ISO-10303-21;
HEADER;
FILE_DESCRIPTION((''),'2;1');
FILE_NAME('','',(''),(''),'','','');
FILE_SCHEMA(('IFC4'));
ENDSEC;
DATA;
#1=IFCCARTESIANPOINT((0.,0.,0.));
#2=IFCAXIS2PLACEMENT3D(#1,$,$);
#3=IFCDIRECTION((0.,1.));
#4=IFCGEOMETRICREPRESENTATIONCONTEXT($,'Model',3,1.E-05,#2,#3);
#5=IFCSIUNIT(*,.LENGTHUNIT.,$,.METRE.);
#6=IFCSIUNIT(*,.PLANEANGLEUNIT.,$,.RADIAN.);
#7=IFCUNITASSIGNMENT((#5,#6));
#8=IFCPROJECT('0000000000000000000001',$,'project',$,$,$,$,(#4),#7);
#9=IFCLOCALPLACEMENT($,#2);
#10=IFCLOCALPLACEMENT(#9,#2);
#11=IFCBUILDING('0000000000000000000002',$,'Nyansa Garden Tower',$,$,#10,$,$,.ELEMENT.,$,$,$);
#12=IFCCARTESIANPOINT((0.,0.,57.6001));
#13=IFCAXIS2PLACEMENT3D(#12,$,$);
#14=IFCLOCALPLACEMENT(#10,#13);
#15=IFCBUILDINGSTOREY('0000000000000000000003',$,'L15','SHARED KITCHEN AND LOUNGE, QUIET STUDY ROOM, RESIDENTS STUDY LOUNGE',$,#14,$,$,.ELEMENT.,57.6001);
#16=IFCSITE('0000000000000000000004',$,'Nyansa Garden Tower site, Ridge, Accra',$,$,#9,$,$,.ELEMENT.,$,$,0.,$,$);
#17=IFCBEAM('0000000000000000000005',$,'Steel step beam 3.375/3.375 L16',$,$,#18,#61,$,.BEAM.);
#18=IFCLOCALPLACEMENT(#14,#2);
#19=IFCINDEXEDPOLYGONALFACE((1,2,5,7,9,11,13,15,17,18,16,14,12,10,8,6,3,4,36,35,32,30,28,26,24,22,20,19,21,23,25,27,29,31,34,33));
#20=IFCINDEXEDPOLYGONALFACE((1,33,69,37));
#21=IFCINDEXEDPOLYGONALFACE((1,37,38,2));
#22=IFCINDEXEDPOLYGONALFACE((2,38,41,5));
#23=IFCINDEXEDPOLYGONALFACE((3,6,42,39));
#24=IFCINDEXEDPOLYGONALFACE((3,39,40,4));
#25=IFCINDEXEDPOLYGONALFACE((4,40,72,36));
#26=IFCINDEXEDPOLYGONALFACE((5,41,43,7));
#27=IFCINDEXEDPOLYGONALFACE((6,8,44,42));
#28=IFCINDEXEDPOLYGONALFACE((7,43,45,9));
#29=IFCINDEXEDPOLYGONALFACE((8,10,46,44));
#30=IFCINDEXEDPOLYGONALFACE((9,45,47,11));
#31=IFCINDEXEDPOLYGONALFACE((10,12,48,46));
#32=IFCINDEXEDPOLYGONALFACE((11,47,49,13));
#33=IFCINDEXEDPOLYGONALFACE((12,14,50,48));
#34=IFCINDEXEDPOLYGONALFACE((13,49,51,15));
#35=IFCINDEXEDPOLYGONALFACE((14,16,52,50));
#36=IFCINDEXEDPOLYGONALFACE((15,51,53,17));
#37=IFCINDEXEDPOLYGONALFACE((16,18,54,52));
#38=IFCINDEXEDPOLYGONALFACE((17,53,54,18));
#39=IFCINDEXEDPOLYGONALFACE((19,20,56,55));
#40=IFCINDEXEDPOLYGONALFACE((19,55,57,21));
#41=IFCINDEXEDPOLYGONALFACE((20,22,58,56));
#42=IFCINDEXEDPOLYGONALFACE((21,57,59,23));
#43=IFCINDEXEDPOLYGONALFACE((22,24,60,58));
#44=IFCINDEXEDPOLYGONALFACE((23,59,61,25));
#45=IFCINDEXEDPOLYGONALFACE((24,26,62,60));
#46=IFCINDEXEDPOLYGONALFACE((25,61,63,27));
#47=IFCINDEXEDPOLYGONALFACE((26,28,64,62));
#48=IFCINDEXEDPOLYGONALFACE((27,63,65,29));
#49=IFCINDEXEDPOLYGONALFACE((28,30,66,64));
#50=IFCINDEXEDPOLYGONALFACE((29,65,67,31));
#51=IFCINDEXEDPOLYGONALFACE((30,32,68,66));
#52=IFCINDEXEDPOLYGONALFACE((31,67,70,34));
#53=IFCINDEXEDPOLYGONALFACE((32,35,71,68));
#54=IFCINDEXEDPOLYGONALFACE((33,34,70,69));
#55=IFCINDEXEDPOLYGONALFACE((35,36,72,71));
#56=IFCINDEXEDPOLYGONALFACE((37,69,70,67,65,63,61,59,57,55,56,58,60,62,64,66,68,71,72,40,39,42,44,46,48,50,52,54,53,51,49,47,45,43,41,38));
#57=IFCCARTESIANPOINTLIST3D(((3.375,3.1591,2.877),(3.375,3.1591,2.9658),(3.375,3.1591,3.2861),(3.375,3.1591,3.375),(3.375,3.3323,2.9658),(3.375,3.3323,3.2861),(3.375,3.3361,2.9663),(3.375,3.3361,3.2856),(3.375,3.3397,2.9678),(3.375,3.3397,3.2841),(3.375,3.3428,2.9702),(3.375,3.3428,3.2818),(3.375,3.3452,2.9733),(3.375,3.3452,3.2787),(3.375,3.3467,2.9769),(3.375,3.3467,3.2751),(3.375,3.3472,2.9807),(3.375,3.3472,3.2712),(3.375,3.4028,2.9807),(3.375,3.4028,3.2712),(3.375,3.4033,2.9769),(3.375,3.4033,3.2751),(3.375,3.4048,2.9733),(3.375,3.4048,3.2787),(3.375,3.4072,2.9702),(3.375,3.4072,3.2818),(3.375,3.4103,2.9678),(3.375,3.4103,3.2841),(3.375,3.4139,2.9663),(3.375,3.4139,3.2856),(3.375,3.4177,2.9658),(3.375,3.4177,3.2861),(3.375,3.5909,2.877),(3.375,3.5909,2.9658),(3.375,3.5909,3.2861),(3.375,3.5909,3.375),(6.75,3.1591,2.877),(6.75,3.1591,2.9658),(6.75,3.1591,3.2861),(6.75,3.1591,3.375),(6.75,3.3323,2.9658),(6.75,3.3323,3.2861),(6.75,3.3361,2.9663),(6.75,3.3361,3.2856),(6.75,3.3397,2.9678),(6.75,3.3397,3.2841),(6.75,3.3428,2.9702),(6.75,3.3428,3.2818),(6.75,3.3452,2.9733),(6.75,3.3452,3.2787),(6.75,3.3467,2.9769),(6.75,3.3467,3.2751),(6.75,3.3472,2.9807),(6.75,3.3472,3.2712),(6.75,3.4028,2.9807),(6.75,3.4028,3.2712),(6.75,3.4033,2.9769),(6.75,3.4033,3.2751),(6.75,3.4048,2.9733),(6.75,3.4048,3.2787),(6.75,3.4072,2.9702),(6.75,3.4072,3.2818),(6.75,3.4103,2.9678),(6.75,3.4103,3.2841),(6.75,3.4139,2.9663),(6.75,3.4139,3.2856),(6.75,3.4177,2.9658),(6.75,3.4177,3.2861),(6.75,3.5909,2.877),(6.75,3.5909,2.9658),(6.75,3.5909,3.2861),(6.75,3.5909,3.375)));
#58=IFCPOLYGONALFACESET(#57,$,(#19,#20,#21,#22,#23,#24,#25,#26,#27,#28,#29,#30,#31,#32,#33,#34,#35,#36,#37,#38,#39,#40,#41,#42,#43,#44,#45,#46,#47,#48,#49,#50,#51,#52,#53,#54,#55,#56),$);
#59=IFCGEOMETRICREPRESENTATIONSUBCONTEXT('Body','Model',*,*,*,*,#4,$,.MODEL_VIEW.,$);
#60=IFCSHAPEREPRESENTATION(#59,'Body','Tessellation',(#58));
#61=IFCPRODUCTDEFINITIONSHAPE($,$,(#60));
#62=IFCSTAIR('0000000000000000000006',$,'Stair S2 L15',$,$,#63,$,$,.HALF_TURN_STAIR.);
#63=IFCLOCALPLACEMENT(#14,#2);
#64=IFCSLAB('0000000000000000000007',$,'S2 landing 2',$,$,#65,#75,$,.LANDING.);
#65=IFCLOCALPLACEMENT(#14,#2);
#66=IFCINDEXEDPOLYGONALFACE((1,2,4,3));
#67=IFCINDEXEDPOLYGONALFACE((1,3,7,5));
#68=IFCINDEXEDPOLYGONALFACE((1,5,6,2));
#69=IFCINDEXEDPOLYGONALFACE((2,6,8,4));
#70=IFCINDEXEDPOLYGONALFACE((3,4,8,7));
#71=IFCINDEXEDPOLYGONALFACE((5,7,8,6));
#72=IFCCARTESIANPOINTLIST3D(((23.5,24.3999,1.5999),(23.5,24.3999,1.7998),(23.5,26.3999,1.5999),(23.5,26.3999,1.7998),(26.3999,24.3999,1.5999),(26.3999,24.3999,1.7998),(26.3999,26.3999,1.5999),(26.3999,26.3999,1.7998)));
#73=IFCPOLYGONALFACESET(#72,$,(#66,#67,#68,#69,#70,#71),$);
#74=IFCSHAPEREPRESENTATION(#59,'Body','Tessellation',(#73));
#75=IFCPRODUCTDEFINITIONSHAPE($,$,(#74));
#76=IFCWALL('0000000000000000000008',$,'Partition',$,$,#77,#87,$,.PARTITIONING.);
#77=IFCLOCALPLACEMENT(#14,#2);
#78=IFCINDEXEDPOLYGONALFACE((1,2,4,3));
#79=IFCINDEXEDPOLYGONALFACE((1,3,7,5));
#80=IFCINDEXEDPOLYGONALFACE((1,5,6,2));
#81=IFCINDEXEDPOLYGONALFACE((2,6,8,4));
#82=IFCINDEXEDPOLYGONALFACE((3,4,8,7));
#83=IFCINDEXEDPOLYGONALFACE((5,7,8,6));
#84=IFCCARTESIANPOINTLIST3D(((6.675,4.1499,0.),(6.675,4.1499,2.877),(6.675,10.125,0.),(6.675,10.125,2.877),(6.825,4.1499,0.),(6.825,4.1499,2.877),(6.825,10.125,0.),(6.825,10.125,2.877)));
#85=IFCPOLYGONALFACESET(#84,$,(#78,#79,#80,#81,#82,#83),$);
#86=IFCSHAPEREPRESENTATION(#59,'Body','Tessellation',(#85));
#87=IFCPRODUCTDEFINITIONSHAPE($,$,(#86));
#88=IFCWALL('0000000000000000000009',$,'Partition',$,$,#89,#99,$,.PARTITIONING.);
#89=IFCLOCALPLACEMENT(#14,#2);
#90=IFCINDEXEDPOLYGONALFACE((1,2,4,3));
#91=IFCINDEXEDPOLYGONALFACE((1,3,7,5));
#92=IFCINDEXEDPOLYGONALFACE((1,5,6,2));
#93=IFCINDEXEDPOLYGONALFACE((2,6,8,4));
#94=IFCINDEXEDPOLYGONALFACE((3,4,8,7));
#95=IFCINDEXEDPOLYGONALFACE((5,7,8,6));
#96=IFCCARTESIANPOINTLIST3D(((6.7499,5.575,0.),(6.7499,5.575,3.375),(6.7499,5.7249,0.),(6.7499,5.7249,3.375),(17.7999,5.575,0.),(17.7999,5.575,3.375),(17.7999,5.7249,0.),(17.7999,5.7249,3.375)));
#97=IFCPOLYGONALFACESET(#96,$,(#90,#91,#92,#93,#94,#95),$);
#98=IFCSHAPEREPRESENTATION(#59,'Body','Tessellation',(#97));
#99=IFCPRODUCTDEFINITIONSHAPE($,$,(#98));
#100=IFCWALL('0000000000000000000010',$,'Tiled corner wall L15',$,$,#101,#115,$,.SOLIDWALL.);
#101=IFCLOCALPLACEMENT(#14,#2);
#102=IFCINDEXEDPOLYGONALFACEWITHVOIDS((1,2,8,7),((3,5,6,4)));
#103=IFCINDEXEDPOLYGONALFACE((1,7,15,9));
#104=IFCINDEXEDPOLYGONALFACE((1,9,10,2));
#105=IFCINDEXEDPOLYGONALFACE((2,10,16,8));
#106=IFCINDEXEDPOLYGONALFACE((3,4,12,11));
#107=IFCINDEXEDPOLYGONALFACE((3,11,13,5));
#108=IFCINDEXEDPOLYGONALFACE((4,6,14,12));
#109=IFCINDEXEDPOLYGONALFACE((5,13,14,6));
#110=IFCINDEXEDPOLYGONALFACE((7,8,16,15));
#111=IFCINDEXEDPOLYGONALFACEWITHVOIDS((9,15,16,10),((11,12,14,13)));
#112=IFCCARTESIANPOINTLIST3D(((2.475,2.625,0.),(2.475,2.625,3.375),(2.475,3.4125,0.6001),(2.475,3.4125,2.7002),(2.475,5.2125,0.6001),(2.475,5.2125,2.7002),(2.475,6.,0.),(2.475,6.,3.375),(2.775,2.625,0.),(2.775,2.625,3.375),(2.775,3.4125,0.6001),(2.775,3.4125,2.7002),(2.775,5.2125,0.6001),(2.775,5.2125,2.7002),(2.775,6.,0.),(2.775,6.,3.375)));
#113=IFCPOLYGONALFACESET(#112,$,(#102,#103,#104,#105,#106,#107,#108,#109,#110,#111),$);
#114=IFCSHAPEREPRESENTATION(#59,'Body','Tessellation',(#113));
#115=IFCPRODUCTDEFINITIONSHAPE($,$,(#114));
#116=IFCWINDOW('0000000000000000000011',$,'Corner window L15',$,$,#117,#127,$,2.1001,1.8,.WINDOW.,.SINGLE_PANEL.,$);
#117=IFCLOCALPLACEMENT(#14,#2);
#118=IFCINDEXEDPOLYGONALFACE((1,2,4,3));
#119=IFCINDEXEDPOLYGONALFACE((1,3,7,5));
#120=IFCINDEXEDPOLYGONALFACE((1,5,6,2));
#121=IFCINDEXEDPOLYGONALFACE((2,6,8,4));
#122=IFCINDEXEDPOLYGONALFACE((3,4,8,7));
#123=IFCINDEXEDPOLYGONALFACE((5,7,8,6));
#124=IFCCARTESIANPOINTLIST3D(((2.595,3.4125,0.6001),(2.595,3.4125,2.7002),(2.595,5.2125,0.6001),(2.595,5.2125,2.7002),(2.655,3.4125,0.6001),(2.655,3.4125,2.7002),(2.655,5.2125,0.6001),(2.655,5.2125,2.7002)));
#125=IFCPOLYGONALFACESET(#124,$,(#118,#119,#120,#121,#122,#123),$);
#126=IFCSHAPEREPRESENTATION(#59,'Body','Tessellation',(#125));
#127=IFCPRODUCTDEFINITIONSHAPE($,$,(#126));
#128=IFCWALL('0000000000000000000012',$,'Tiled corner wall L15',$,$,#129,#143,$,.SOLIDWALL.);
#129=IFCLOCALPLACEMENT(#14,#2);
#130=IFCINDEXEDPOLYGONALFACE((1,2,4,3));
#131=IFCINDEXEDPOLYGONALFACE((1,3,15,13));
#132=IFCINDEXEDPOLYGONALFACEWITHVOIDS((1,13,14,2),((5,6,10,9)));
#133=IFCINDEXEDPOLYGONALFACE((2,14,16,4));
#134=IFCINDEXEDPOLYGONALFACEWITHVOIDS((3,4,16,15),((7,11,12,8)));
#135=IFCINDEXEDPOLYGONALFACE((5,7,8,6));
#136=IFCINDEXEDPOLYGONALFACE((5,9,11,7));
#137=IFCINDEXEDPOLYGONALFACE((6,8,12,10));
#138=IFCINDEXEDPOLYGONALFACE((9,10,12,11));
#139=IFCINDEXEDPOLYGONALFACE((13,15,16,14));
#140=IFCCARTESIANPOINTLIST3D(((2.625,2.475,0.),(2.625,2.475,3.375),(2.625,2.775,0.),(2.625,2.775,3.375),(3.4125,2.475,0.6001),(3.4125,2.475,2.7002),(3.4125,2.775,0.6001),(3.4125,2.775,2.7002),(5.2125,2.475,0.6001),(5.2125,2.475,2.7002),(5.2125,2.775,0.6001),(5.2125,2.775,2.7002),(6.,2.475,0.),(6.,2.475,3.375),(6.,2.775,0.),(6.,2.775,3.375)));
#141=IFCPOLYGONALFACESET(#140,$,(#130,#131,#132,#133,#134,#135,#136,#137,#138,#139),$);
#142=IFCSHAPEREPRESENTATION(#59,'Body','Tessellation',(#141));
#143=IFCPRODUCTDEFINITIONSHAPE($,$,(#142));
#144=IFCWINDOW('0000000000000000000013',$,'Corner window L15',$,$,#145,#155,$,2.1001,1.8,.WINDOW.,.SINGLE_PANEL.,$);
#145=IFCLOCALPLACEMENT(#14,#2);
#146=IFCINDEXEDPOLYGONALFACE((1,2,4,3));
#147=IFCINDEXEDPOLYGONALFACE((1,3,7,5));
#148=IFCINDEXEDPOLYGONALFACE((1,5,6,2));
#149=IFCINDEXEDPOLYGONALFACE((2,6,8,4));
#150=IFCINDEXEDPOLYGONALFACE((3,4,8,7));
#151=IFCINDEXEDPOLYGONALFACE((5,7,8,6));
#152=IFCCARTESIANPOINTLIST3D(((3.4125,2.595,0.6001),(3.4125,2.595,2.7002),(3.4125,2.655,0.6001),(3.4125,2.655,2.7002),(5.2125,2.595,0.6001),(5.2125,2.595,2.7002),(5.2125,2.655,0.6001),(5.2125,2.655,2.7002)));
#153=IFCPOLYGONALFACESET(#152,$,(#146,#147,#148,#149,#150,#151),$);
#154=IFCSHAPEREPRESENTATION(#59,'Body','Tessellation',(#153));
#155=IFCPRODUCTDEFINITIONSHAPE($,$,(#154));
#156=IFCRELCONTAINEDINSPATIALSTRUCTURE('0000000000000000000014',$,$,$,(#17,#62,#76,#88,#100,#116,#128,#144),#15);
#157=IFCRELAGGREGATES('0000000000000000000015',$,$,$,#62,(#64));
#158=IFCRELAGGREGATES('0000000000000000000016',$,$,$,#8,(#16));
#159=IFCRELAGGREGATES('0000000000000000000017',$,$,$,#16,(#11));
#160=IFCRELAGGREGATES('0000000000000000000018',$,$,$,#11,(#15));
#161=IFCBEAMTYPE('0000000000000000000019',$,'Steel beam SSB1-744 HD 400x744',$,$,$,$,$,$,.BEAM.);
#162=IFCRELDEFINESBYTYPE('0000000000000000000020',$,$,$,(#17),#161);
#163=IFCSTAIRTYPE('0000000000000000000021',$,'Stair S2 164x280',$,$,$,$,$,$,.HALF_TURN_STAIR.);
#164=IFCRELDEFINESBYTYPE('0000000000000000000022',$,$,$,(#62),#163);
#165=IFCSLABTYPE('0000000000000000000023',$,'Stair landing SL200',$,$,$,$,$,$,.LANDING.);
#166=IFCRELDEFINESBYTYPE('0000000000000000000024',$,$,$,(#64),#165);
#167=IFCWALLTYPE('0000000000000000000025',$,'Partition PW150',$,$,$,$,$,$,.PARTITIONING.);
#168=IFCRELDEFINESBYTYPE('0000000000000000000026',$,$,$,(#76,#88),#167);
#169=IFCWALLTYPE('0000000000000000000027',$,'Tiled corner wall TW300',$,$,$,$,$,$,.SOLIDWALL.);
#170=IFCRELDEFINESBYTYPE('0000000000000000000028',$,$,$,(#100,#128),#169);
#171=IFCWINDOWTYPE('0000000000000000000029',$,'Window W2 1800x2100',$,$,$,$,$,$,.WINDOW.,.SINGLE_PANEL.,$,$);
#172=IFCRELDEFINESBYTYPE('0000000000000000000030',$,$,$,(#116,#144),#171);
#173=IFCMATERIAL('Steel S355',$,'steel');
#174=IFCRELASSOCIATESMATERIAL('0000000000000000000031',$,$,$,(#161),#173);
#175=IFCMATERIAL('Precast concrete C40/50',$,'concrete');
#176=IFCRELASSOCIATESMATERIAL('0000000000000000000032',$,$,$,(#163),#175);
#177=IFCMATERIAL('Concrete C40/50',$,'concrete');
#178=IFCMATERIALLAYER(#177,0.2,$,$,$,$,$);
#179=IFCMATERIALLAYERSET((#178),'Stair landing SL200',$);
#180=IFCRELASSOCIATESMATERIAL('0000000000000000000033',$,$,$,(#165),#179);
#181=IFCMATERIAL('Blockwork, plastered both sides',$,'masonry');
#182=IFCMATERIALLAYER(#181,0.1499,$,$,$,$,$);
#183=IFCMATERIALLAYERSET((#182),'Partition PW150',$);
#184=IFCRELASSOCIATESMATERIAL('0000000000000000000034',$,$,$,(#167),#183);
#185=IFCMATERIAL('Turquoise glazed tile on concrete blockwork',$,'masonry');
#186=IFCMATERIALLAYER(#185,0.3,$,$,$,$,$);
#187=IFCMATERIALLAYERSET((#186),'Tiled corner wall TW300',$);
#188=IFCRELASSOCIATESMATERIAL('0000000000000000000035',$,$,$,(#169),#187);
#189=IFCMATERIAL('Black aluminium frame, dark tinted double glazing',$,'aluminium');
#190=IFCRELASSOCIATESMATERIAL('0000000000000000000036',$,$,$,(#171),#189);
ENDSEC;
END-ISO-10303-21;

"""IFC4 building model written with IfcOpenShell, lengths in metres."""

from ifc_helpers import new_model, si_unit, direction, frame, frame_2d, origin, origin_2d, place, context, subcontext, project, spatial, polyline, rectangle, i_section, outline, extrude, material, layer, layer_set, material_profile, profile_set, type_object, element, fill, aggregate, save


model = new_model("IFC4")

# Units and contexts
model_context = context("Model", 3, precision=1e-05, world=origin(), true_north=direction((0.0, 1.0)))
body_context = subcontext(model_context, "Body", "Model", "MODEL_VIEW")
ifc_project = project(units=[si_unit("LENGTHUNIT", "METRE"), si_unit("PLANEANGLEUNIT", "RADIAN")], contexts=[model_context])

# Site, building, storey
site_placement = place(None, origin())
site = spatial("IfcSite", under=ifc_project, at=site_placement, Name="Nyansa Garden Tower site, Ridge, Accra", CompositionType="ELEMENT", RefElevation=0.0)
building_placement = place(site_placement, origin())
building = spatial("IfcBuilding", under=site, at=building_placement, Name="Nyansa Garden Tower", CompositionType="ELEMENT")
storey_placement = place(building_placement, frame((0.0, 0.0, 57.6001)))
storey = spatial("IfcBuildingStorey", under=building, at=storey_placement, Name="L15", Description="SHARED KITCHEN AND LOUNGE, QUIET STUDY ROOM, RESIDENTS STUDY LOUNGE", CompositionType="ELEMENT", Elevation=57.6001)

# Beam
ifc_material_1 = material(Name="Steel S355", Category="steel")
ifc_material_profile_1 = material_profile(ifc_material_1, i_section(OverallWidth=0.4319, OverallDepth=0.498, WebThickness=0.0557, FlangeThickness=0.0889, FilletRadius=0.0149, at=origin_2d()), Name="HD 400x744")
ifc_profile_set_1 = profile_set([ifc_material_profile_1], Name="Steel S355")
beam_type_1 = type_object("IfcBeamType", Name="Steel beam SSB1-744 HD 400x744", PredefinedType="BEAM", material=ifc_profile_set_1)
for number, where, z_axis, x_axis, name in (
    (1, (3.375, 3.375, 3.126), (1.0, 0.0, 0.0), (0.0, 1.0, 0.0), "Steel step beam 3.375/3.375 L16"),
):
    element("IfcBeam", number, at=place(storey_placement, frame(where, z_axis=z_axis, x_axis=x_axis)), inside=storey, type_object=beam_type_1, Name=name, PredefinedType="BEAM", context=body_context, shape_type="SweptSolid", body=[
        extrude(i_section(OverallWidth=0.4319, OverallDepth=0.498, WebThickness=0.0557, FlangeThickness=0.0889, FilletRadius=0.0149, at=origin_2d()), origin(), (0.0, 0.0, 1.0), 3.375),
    ])

# Stair, slab
ifc_material_2 = material(Name="Precast concrete C40/50", Category="concrete")
stair_type = type_object("IfcStairType", Name="Stair S2 164x280", PredefinedType="HALF_TURN_STAIR", material=ifc_material_2)
stair_placement = place(storey_placement, origin())
stair = element("IfcStair", 2, at=stair_placement, inside=storey, type_object=stair_type, Name="Stair S2 L15", PredefinedType="HALF_TURN_STAIR")
ifc_material_3 = material(Name="Concrete C40/50", Category="concrete")
ifc_layer_1 = layer(ifc_material_3, 0.2)
ifc_layer_set_1 = layer_set([ifc_layer_1], Name="Stair landing SL200")
slab_type = type_object("IfcSlabType", Name="Stair landing SL200", PredefinedType="LANDING", material=ifc_layer_set_1)
slab_placement = place(storey_placement, frame((0.0, 0.0, 1.5999)))
slab = element("IfcSlab", 3, at=slab_placement, type_object=slab_type, Name="S2 landing 2", PredefinedType="LANDING", context=body_context, shape_type="SweptSolid", body=[
    extrude(outline(polyline([(23.5, 24.3999), (26.3999, 24.3999), (26.3999, 26.3999), (23.5, 26.3999), (23.5, 24.3999)])), origin(), (0.0, 0.0, 1.0), 0.2),
])
aggregate(stair, [slab])

# Walls
ifc_material_4 = material(Name="Blockwork, plastered both sides", Category="masonry")
ifc_layer_2 = layer(ifc_material_4, 0.1499)
ifc_layer_set_2 = layer_set([ifc_layer_2], Name="Partition PW150")
wall_type_1 = type_object("IfcWallType", Name="Partition PW150", PredefinedType="PARTITIONING", material=ifc_layer_set_2)
wall_1_placement = place(storey_placement, frame((6.75, 4.1499, 0.0), z_axis=(0.0, 0.0, 1.0), x_axis=(0.0, 1.0, 0.0)))
element("IfcWall", 4, at=wall_1_placement, inside=storey, type_object=wall_type_1, Name="Partition", PredefinedType="PARTITIONING", context=body_context, shape_type="SweptSolid", body=[
    extrude(rectangle(XDim=5.9751, YDim=0.1499, at=frame_2d((2.9875, 0.0))), origin(), (0.0, 0.0, 1.0), 2.877),
])
wall_2_placement = place(storey_placement, frame((6.75, 5.6499, 0.0), z_axis=(0.0, 0.0, 1.0), x_axis=(1.0, 0.0, 0.0)))
element("IfcWall", 5, at=wall_2_placement, inside=storey, type_object=wall_type_1, Name="Partition", PredefinedType="PARTITIONING", context=body_context, shape_type="SweptSolid", body=[
    extrude(rectangle(XDim=11.05, YDim=0.1499, at=frame_2d((5.5249, 0.0))), origin(), (0.0, 0.0, 1.0), 3.375),
])

# Walls, openings, windows
ifc_material_5 = material(Name="Turquoise glazed tile on concrete blockwork", Category="masonry")
ifc_layer_3 = layer(ifc_material_5, 0.3)
ifc_layer_set_3 = layer_set([ifc_layer_3], Name="Tiled corner wall TW300")
wall_type_2 = type_object("IfcWallType", Name="Tiled corner wall TW300", PredefinedType="SOLIDWALL", material=ifc_layer_set_3)
wall_3_placement = place(storey_placement, frame((2.625, 6.0, 0.0), z_axis=(0.0, 0.0, 1.0), x_axis=(0.0, -1.0, 0.0)))
wall_3 = element("IfcWall", 6, at=wall_3_placement, inside=storey, type_object=wall_type_2, Name="Tiled corner wall L15", PredefinedType="SOLIDWALL", context=body_context, shape_type="SweptSolid", body=[
    extrude(rectangle(XDim=3.375, YDim=0.3, at=frame_2d((1.6875, 0.0))), origin(), (0.0, 0.0, 1.0), 3.375),
])
opening_1_placement = place(wall_3_placement, frame((0.7876, 0.0, 0.6001)))
opening_1 = element("IfcOpeningElement", 7, at=opening_1_placement, cuts=wall_3, PredefinedType="OPENING", context=body_context, shape_type="SweptSolid", body=[
    extrude(rectangle(XDim=1.8, YDim=2.1001, at=frame_2d((0.8999, 1.05))), frame((0.0, 0.1599, 0.0), z_axis=(0.0, -1.0, 0.0), x_axis=(1.0, 0.0, 0.0)), (0.0, 0.0, 1.0), 0.3201),
])
ifc_material_6 = material(Name="Black aluminium frame, dark tinted double glazing", Category="aluminium")
window_type_1 = type_object("IfcWindowType", Name="Window W2 1800x2100", PartitioningType="SINGLE_PANEL", PredefinedType="WINDOW", material=ifc_material_6)
window_1_placement = place(opening_1_placement, origin())
window_1 = element("IfcWindow", 8, at=window_1_placement, inside=storey, type_object=window_type_1, Name="Corner window L15", OverallHeight=2.1001, OverallWidth=1.8, PartitioningType="SINGLE_PANEL", PredefinedType="WINDOW", context=body_context, shape_type="SweptSolid", body=[
    extrude(rectangle(XDim=1.8, YDim=2.1001, at=frame_2d((0.8999, 1.05))), frame((0.0, 0.03, 0.0), z_axis=(0.0, -1.0, 0.0), x_axis=(1.0, 0.0, 0.0)), (0.0, 0.0, 1.0), 0.0601),
])
fill(opening_1, window_1)
wall_4_placement = place(storey_placement, frame((2.625, 2.625, 0.0), z_axis=(0.0, 0.0, 1.0), x_axis=(1.0, 0.0, 0.0)))
wall_4 = element("IfcWall", 9, at=wall_4_placement, inside=storey, type_object=wall_type_2, Name="Tiled corner wall L15", PredefinedType="SOLIDWALL", context=body_context, shape_type="SweptSolid", body=[
    extrude(rectangle(XDim=3.375, YDim=0.3, at=frame_2d((1.6875, 0.0))), origin(), (0.0, 0.0, 1.0), 3.375),
])
opening_2_placement = place(wall_4_placement, frame((0.7876, 0.0, 0.6001)))
opening_2 = element("IfcOpeningElement", 10, at=opening_2_placement, cuts=wall_4, PredefinedType="OPENING", context=body_context, shape_type="SweptSolid", body=[
    extrude(rectangle(XDim=1.8, YDim=2.1001, at=frame_2d((0.8999, 1.05))), frame((0.0, 0.1599, 0.0), z_axis=(0.0, -1.0, 0.0), x_axis=(1.0, 0.0, 0.0)), (0.0, 0.0, 1.0), 0.3201),
])
window_2_placement = place(opening_2_placement, origin())
window_2 = element("IfcWindow", 11, at=window_2_placement, inside=storey, type_object=window_type_1, Name="Corner window L15", OverallHeight=2.1001, OverallWidth=1.8, PartitioningType="SINGLE_PANEL", PredefinedType="WINDOW", context=body_context, shape_type="SweptSolid", body=[
    extrude(rectangle(XDim=1.8, YDim=2.1001, at=frame_2d((0.8999, 1.05))), frame((0.0, 0.03, 0.0), z_axis=(0.0, -1.0, 0.0), x_axis=(1.0, 0.0, 0.0)), (0.0, 0.0, 1.0), 0.0601),
])
fill(opening_2, window_2)

save(model, "model.ifc")
